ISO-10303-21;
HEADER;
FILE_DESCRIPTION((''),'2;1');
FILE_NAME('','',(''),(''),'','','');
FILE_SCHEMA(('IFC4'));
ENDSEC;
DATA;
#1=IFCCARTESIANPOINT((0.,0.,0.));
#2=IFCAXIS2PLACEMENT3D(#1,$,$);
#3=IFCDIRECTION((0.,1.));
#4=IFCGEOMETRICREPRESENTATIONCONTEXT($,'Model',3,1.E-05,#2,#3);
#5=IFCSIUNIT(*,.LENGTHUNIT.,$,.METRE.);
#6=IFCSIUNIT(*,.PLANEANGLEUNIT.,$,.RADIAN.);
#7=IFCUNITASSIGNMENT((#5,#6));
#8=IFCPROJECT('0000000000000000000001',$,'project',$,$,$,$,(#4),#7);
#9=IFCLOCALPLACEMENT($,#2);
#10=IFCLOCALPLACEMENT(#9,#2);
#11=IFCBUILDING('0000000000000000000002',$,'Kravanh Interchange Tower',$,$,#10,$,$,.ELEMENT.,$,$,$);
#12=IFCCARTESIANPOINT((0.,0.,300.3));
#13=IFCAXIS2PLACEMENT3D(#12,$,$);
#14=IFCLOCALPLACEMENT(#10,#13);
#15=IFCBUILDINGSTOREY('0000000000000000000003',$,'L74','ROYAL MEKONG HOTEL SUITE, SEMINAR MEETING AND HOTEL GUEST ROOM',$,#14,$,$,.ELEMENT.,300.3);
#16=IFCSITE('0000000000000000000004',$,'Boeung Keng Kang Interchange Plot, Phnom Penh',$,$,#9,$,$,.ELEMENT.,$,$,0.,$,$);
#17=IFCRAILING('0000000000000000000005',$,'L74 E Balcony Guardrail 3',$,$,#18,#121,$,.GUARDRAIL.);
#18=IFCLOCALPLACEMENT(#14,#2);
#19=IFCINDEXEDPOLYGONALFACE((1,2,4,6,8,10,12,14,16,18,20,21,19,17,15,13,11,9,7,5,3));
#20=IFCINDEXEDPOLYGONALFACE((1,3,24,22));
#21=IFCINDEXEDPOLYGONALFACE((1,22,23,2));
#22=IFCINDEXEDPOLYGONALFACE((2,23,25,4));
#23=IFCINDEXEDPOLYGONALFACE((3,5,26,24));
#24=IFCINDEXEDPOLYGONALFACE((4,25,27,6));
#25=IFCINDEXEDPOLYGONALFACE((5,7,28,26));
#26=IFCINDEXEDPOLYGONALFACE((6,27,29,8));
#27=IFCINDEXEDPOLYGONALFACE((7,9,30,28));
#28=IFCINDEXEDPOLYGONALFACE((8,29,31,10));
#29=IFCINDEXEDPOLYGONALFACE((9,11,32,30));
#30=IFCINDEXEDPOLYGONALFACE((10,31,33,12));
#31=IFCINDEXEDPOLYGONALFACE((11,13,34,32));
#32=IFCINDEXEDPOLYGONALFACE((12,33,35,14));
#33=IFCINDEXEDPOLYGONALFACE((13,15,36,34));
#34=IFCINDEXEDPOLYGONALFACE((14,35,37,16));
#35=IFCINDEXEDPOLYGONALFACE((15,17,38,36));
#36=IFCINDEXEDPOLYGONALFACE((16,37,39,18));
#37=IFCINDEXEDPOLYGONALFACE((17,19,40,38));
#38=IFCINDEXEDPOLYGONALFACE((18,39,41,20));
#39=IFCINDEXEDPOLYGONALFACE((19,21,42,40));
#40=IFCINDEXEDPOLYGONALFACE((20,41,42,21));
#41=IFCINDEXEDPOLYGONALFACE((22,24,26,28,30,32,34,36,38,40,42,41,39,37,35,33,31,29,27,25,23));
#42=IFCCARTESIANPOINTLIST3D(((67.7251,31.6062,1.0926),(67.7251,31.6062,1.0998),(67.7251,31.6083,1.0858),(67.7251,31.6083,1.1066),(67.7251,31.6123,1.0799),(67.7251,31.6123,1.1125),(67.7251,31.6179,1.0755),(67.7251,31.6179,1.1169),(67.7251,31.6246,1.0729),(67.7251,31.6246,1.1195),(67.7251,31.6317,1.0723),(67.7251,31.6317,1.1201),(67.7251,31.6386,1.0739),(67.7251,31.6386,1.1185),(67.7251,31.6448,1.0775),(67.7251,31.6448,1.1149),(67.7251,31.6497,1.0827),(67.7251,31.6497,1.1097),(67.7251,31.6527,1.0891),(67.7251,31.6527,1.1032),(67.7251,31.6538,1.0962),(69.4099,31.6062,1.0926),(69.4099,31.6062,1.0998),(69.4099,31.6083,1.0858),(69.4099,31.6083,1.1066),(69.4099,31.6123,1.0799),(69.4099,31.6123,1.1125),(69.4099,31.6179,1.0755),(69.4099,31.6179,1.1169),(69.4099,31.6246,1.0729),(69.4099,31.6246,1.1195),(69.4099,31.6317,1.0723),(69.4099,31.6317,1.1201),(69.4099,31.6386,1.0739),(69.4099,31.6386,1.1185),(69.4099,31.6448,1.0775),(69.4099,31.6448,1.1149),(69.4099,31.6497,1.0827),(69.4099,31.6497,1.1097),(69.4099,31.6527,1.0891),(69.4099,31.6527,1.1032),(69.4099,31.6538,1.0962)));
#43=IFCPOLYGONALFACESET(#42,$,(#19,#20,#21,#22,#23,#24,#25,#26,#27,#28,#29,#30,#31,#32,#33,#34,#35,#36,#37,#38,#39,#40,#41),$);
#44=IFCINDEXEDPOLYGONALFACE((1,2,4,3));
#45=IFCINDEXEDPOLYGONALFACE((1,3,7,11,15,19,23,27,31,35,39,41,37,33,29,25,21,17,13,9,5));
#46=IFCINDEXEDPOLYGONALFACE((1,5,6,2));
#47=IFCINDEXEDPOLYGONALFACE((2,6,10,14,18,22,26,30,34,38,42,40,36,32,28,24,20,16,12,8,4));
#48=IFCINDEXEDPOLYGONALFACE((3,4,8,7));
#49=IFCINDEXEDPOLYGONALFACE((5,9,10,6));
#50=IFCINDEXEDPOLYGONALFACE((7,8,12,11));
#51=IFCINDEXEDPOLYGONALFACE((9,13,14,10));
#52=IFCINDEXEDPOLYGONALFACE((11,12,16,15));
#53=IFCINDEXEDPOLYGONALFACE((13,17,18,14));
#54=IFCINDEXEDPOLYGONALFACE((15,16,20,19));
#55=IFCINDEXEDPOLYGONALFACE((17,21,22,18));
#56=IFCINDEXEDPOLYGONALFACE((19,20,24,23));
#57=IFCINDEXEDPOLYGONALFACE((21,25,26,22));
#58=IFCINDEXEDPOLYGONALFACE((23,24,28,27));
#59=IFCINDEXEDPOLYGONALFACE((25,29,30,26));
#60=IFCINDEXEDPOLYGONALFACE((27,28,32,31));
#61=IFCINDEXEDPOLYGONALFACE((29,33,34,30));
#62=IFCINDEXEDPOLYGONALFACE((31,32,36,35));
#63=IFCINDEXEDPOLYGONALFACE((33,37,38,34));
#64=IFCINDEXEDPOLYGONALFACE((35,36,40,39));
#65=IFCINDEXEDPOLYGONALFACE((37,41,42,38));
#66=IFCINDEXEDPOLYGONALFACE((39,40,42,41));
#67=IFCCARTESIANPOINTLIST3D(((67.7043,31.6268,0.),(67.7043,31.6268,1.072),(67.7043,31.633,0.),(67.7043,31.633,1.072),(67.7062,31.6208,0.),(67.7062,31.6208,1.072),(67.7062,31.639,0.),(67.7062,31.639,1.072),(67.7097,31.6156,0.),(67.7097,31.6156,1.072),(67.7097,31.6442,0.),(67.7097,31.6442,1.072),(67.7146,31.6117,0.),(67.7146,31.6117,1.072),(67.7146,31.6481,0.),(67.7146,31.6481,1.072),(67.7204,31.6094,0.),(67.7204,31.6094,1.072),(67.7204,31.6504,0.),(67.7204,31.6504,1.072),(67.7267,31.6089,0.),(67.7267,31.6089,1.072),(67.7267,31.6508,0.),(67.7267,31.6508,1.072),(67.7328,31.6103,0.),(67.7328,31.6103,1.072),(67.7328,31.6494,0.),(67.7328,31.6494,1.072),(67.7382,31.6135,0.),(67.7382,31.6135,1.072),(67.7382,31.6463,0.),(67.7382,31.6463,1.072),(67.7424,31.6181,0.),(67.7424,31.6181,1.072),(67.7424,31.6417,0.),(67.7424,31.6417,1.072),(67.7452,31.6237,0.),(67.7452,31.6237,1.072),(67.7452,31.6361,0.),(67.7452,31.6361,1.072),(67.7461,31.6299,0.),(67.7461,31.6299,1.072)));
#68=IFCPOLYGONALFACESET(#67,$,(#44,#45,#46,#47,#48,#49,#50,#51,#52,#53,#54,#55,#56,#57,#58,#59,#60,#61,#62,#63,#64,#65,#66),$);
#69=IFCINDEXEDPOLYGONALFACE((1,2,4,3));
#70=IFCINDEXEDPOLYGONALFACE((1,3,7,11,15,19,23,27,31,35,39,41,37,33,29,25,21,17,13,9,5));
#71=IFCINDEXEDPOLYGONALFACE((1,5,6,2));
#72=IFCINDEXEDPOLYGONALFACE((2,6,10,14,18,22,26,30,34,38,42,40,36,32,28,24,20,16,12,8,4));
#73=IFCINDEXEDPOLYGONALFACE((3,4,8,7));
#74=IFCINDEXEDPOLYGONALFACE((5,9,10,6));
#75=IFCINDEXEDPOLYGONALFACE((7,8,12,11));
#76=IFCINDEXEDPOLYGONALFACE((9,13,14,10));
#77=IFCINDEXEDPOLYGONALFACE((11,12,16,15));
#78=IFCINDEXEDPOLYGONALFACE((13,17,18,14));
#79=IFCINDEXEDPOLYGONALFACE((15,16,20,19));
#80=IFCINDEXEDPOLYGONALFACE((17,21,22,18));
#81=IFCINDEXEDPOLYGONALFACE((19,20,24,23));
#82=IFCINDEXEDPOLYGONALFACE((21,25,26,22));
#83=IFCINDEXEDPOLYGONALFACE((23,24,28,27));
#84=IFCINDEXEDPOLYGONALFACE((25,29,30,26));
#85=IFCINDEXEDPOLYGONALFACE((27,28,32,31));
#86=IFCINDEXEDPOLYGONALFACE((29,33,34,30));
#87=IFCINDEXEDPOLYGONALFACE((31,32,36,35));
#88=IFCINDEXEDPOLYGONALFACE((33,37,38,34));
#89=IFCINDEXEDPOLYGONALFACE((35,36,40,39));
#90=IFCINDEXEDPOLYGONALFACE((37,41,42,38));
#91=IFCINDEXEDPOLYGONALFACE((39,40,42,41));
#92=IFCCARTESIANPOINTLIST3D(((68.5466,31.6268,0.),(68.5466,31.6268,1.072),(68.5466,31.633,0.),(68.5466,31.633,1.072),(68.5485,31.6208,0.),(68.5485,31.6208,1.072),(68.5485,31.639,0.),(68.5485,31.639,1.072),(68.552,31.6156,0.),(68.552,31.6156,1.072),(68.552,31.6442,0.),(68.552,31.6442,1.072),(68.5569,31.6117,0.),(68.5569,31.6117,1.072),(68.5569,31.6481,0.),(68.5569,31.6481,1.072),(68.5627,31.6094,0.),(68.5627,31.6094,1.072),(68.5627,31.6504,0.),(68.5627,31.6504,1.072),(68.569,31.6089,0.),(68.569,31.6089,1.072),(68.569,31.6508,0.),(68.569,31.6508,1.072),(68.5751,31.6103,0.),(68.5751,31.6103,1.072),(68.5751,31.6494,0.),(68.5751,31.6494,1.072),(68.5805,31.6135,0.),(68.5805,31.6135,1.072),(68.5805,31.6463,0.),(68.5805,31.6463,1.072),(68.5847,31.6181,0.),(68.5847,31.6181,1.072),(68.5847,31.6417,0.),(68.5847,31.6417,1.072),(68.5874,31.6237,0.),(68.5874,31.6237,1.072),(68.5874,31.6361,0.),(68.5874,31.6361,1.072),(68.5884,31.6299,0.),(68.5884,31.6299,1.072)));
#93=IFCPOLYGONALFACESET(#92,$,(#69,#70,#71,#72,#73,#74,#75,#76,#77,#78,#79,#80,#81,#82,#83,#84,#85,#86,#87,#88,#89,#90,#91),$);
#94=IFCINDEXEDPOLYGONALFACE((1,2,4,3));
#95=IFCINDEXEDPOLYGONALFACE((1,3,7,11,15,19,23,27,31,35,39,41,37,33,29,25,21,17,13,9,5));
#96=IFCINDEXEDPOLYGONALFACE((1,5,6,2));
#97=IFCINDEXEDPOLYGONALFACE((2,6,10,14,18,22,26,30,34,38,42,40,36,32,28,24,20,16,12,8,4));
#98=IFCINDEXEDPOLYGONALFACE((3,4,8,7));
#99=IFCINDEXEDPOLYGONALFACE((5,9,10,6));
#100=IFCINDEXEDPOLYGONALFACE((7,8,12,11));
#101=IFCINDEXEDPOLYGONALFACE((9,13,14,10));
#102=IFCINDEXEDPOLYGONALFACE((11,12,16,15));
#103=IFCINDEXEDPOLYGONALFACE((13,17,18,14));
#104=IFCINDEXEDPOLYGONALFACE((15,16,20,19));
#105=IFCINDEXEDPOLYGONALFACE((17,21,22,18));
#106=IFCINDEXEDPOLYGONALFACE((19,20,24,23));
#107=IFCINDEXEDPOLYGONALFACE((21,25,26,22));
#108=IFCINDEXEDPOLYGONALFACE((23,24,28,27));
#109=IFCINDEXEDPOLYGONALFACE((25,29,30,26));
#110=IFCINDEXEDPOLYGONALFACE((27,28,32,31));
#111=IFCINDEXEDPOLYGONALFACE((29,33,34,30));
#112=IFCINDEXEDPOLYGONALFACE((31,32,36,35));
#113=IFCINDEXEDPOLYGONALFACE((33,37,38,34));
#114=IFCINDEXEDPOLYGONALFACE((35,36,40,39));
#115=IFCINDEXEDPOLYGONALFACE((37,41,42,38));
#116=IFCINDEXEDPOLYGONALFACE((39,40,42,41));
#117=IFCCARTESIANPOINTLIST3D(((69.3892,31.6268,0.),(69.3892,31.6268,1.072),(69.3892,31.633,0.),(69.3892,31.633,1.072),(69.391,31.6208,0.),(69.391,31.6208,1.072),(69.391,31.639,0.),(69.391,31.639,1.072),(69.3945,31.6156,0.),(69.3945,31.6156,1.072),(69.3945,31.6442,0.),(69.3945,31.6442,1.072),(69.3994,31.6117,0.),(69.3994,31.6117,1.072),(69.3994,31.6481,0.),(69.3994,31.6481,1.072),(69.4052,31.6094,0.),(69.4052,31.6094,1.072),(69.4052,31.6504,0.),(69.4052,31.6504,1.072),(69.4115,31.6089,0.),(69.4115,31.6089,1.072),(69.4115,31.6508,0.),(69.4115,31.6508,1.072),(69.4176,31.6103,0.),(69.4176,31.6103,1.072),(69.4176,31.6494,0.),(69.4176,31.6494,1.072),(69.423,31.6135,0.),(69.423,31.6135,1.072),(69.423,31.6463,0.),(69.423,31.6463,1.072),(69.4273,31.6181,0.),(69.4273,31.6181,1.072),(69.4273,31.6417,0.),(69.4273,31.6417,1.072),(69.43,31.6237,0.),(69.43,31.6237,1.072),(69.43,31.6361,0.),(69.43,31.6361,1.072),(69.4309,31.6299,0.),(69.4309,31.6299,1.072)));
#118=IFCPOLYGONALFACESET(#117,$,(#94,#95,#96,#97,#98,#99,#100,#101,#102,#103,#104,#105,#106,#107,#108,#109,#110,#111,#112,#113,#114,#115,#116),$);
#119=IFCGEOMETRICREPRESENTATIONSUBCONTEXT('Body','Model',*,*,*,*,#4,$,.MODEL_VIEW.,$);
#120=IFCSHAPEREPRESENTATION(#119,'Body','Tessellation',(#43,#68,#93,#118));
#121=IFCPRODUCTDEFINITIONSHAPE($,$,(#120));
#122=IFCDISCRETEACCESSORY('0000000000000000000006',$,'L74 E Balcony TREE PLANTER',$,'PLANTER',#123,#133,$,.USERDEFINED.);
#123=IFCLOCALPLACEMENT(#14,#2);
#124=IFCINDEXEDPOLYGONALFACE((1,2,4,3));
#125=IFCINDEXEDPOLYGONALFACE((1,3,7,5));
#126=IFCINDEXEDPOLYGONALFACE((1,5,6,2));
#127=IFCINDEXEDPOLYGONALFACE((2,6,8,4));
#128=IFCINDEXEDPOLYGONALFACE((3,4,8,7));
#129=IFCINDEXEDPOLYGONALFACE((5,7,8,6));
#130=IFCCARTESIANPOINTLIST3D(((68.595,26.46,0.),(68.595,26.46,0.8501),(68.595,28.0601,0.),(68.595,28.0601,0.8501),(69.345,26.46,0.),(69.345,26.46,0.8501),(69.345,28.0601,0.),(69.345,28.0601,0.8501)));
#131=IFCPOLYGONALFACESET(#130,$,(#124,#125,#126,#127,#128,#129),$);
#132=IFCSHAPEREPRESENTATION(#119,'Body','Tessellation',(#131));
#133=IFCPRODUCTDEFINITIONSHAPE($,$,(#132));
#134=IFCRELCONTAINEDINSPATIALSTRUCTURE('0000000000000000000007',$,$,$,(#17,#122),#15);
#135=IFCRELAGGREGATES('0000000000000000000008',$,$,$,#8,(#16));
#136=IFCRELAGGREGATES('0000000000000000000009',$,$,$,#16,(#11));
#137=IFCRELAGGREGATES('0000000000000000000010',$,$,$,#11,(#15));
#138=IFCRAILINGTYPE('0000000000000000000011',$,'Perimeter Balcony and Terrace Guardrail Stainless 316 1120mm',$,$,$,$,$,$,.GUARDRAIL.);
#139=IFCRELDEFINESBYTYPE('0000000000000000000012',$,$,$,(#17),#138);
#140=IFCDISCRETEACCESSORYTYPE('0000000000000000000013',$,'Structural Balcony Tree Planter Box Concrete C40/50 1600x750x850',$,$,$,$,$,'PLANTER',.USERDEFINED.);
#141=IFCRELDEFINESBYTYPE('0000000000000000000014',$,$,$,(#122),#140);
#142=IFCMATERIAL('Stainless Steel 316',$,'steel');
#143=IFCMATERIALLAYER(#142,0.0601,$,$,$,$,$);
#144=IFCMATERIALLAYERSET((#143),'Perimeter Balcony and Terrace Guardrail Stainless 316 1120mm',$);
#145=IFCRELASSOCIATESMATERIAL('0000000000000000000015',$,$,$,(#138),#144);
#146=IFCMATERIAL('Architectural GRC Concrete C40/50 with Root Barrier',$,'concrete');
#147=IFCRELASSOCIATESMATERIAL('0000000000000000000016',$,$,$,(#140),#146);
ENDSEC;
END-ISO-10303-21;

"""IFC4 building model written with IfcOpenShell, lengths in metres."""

from ifc_helpers import new_model, si_unit, direction, frame, origin, origin_2d, place, context, subcontext, project, spatial, rectangle, circle, extrude, material, layer, layer_set, type_object, element, save


model = new_model("IFC4")

# Units and contexts
model_context = context("Model", 3, precision=1e-05, world=origin(), true_north=direction((0.0, 1.0)))
body_context = subcontext(model_context, "Body", "Model", "MODEL_VIEW")
ifc_project = project(units=[si_unit("LENGTHUNIT", "METRE"), si_unit("PLANEANGLEUNIT", "RADIAN")], contexts=[model_context])

# Site, building, storey
site_placement = place(None, origin())
site = spatial("IfcSite", under=ifc_project, at=site_placement, Name="Boeung Keng Kang Interchange Plot, Phnom Penh", CompositionType="ELEMENT", RefElevation=0.0)
building_placement = place(site_placement, origin())
building = spatial("IfcBuilding", under=site, at=building_placement, Name="Kravanh Interchange Tower", CompositionType="ELEMENT")
storey_placement = place(building_placement, frame((0.0, 0.0, 300.3)))
storey = spatial("IfcBuildingStorey", under=building, at=storey_placement, Name="L74", Description="ROYAL MEKONG HOTEL SUITE, SEMINAR MEETING AND HOTEL GUEST ROOM", CompositionType="ELEMENT", Elevation=300.3)

# Railing
ifc_material_1 = material(Name="Stainless Steel 316", Category="steel")
ifc_layer_1 = layer(ifc_material_1, 0.0601)
ifc_layer_set_1 = layer_set([ifc_layer_1], Name="Perimeter Balcony and Terrace Guardrail Stainless 316 1120mm")
railing_type = type_object("IfcRailingType", Name="Perimeter Balcony and Terrace Guardrail Stainless 316 1120mm", PredefinedType="GUARDRAIL", material=ifc_layer_set_1)
railing_1_placement = place(storey_placement, frame((67.7251, 31.6299, 0.0)))
element("IfcRailing", 1, at=railing_1_placement, inside=storey, type_object=railing_type, Name="L74 E Balcony Guardrail 3", PredefinedType="GUARDRAIL", context=body_context, shape_type="SweptSolid", body=[
    extrude(circle(Radius=0.0239, at=origin_2d()), frame((0.0, 0.0, 1.0962), z_axis=(1.0, 0.0, 0.0), x_axis=(0.0, 1.0, 0.0)), (0.0, 0.0, 1.0), 1.6848),
    extrude(circle(Radius=0.021, at=origin_2d()), origin(), (0.0, 0.0, 1.0), 1.072),
    extrude(circle(Radius=0.021, at=origin_2d()), frame((0.8423, 0.0, 0.0)), (0.0, 0.0, 1.0), 1.072),
    extrude(circle(Radius=0.021, at=origin_2d()), frame((1.6848, 0.0, 0.0)), (0.0, 0.0, 1.0), 1.072),
])

# Discrete accessory
ifc_material_2 = material(Name="Architectural GRC Concrete C40/50 with Root Barrier", Category="concrete")
discrete_accessory_type = type_object("IfcDiscreteAccessoryType", Name="Structural Balcony Tree Planter Box Concrete C40/50 1600x750x850", ElementType="PLANTER", PredefinedType="USERDEFINED", material=ifc_material_2)
discrete_accessory_placement = place(storey_placement, frame((68.97, 27.26, 0.0), z_axis=(0.0, 0.0, 1.0), x_axis=(1.0, 0.0, 0.0)))
element("IfcDiscreteAccessory", 2, at=discrete_accessory_placement, inside=storey, type_object=discrete_accessory_type, Name="L74 E Balcony TREE PLANTER", ObjectType="PLANTER", PredefinedType="USERDEFINED", context=body_context, shape_type="SweptSolid", body=[
    extrude(rectangle(XDim=0.75, YDim=1.6001, at=origin_2d()), origin(), (0.0, 0.0, 1.0), 0.8501),
])

save(model, "model.ifc")
